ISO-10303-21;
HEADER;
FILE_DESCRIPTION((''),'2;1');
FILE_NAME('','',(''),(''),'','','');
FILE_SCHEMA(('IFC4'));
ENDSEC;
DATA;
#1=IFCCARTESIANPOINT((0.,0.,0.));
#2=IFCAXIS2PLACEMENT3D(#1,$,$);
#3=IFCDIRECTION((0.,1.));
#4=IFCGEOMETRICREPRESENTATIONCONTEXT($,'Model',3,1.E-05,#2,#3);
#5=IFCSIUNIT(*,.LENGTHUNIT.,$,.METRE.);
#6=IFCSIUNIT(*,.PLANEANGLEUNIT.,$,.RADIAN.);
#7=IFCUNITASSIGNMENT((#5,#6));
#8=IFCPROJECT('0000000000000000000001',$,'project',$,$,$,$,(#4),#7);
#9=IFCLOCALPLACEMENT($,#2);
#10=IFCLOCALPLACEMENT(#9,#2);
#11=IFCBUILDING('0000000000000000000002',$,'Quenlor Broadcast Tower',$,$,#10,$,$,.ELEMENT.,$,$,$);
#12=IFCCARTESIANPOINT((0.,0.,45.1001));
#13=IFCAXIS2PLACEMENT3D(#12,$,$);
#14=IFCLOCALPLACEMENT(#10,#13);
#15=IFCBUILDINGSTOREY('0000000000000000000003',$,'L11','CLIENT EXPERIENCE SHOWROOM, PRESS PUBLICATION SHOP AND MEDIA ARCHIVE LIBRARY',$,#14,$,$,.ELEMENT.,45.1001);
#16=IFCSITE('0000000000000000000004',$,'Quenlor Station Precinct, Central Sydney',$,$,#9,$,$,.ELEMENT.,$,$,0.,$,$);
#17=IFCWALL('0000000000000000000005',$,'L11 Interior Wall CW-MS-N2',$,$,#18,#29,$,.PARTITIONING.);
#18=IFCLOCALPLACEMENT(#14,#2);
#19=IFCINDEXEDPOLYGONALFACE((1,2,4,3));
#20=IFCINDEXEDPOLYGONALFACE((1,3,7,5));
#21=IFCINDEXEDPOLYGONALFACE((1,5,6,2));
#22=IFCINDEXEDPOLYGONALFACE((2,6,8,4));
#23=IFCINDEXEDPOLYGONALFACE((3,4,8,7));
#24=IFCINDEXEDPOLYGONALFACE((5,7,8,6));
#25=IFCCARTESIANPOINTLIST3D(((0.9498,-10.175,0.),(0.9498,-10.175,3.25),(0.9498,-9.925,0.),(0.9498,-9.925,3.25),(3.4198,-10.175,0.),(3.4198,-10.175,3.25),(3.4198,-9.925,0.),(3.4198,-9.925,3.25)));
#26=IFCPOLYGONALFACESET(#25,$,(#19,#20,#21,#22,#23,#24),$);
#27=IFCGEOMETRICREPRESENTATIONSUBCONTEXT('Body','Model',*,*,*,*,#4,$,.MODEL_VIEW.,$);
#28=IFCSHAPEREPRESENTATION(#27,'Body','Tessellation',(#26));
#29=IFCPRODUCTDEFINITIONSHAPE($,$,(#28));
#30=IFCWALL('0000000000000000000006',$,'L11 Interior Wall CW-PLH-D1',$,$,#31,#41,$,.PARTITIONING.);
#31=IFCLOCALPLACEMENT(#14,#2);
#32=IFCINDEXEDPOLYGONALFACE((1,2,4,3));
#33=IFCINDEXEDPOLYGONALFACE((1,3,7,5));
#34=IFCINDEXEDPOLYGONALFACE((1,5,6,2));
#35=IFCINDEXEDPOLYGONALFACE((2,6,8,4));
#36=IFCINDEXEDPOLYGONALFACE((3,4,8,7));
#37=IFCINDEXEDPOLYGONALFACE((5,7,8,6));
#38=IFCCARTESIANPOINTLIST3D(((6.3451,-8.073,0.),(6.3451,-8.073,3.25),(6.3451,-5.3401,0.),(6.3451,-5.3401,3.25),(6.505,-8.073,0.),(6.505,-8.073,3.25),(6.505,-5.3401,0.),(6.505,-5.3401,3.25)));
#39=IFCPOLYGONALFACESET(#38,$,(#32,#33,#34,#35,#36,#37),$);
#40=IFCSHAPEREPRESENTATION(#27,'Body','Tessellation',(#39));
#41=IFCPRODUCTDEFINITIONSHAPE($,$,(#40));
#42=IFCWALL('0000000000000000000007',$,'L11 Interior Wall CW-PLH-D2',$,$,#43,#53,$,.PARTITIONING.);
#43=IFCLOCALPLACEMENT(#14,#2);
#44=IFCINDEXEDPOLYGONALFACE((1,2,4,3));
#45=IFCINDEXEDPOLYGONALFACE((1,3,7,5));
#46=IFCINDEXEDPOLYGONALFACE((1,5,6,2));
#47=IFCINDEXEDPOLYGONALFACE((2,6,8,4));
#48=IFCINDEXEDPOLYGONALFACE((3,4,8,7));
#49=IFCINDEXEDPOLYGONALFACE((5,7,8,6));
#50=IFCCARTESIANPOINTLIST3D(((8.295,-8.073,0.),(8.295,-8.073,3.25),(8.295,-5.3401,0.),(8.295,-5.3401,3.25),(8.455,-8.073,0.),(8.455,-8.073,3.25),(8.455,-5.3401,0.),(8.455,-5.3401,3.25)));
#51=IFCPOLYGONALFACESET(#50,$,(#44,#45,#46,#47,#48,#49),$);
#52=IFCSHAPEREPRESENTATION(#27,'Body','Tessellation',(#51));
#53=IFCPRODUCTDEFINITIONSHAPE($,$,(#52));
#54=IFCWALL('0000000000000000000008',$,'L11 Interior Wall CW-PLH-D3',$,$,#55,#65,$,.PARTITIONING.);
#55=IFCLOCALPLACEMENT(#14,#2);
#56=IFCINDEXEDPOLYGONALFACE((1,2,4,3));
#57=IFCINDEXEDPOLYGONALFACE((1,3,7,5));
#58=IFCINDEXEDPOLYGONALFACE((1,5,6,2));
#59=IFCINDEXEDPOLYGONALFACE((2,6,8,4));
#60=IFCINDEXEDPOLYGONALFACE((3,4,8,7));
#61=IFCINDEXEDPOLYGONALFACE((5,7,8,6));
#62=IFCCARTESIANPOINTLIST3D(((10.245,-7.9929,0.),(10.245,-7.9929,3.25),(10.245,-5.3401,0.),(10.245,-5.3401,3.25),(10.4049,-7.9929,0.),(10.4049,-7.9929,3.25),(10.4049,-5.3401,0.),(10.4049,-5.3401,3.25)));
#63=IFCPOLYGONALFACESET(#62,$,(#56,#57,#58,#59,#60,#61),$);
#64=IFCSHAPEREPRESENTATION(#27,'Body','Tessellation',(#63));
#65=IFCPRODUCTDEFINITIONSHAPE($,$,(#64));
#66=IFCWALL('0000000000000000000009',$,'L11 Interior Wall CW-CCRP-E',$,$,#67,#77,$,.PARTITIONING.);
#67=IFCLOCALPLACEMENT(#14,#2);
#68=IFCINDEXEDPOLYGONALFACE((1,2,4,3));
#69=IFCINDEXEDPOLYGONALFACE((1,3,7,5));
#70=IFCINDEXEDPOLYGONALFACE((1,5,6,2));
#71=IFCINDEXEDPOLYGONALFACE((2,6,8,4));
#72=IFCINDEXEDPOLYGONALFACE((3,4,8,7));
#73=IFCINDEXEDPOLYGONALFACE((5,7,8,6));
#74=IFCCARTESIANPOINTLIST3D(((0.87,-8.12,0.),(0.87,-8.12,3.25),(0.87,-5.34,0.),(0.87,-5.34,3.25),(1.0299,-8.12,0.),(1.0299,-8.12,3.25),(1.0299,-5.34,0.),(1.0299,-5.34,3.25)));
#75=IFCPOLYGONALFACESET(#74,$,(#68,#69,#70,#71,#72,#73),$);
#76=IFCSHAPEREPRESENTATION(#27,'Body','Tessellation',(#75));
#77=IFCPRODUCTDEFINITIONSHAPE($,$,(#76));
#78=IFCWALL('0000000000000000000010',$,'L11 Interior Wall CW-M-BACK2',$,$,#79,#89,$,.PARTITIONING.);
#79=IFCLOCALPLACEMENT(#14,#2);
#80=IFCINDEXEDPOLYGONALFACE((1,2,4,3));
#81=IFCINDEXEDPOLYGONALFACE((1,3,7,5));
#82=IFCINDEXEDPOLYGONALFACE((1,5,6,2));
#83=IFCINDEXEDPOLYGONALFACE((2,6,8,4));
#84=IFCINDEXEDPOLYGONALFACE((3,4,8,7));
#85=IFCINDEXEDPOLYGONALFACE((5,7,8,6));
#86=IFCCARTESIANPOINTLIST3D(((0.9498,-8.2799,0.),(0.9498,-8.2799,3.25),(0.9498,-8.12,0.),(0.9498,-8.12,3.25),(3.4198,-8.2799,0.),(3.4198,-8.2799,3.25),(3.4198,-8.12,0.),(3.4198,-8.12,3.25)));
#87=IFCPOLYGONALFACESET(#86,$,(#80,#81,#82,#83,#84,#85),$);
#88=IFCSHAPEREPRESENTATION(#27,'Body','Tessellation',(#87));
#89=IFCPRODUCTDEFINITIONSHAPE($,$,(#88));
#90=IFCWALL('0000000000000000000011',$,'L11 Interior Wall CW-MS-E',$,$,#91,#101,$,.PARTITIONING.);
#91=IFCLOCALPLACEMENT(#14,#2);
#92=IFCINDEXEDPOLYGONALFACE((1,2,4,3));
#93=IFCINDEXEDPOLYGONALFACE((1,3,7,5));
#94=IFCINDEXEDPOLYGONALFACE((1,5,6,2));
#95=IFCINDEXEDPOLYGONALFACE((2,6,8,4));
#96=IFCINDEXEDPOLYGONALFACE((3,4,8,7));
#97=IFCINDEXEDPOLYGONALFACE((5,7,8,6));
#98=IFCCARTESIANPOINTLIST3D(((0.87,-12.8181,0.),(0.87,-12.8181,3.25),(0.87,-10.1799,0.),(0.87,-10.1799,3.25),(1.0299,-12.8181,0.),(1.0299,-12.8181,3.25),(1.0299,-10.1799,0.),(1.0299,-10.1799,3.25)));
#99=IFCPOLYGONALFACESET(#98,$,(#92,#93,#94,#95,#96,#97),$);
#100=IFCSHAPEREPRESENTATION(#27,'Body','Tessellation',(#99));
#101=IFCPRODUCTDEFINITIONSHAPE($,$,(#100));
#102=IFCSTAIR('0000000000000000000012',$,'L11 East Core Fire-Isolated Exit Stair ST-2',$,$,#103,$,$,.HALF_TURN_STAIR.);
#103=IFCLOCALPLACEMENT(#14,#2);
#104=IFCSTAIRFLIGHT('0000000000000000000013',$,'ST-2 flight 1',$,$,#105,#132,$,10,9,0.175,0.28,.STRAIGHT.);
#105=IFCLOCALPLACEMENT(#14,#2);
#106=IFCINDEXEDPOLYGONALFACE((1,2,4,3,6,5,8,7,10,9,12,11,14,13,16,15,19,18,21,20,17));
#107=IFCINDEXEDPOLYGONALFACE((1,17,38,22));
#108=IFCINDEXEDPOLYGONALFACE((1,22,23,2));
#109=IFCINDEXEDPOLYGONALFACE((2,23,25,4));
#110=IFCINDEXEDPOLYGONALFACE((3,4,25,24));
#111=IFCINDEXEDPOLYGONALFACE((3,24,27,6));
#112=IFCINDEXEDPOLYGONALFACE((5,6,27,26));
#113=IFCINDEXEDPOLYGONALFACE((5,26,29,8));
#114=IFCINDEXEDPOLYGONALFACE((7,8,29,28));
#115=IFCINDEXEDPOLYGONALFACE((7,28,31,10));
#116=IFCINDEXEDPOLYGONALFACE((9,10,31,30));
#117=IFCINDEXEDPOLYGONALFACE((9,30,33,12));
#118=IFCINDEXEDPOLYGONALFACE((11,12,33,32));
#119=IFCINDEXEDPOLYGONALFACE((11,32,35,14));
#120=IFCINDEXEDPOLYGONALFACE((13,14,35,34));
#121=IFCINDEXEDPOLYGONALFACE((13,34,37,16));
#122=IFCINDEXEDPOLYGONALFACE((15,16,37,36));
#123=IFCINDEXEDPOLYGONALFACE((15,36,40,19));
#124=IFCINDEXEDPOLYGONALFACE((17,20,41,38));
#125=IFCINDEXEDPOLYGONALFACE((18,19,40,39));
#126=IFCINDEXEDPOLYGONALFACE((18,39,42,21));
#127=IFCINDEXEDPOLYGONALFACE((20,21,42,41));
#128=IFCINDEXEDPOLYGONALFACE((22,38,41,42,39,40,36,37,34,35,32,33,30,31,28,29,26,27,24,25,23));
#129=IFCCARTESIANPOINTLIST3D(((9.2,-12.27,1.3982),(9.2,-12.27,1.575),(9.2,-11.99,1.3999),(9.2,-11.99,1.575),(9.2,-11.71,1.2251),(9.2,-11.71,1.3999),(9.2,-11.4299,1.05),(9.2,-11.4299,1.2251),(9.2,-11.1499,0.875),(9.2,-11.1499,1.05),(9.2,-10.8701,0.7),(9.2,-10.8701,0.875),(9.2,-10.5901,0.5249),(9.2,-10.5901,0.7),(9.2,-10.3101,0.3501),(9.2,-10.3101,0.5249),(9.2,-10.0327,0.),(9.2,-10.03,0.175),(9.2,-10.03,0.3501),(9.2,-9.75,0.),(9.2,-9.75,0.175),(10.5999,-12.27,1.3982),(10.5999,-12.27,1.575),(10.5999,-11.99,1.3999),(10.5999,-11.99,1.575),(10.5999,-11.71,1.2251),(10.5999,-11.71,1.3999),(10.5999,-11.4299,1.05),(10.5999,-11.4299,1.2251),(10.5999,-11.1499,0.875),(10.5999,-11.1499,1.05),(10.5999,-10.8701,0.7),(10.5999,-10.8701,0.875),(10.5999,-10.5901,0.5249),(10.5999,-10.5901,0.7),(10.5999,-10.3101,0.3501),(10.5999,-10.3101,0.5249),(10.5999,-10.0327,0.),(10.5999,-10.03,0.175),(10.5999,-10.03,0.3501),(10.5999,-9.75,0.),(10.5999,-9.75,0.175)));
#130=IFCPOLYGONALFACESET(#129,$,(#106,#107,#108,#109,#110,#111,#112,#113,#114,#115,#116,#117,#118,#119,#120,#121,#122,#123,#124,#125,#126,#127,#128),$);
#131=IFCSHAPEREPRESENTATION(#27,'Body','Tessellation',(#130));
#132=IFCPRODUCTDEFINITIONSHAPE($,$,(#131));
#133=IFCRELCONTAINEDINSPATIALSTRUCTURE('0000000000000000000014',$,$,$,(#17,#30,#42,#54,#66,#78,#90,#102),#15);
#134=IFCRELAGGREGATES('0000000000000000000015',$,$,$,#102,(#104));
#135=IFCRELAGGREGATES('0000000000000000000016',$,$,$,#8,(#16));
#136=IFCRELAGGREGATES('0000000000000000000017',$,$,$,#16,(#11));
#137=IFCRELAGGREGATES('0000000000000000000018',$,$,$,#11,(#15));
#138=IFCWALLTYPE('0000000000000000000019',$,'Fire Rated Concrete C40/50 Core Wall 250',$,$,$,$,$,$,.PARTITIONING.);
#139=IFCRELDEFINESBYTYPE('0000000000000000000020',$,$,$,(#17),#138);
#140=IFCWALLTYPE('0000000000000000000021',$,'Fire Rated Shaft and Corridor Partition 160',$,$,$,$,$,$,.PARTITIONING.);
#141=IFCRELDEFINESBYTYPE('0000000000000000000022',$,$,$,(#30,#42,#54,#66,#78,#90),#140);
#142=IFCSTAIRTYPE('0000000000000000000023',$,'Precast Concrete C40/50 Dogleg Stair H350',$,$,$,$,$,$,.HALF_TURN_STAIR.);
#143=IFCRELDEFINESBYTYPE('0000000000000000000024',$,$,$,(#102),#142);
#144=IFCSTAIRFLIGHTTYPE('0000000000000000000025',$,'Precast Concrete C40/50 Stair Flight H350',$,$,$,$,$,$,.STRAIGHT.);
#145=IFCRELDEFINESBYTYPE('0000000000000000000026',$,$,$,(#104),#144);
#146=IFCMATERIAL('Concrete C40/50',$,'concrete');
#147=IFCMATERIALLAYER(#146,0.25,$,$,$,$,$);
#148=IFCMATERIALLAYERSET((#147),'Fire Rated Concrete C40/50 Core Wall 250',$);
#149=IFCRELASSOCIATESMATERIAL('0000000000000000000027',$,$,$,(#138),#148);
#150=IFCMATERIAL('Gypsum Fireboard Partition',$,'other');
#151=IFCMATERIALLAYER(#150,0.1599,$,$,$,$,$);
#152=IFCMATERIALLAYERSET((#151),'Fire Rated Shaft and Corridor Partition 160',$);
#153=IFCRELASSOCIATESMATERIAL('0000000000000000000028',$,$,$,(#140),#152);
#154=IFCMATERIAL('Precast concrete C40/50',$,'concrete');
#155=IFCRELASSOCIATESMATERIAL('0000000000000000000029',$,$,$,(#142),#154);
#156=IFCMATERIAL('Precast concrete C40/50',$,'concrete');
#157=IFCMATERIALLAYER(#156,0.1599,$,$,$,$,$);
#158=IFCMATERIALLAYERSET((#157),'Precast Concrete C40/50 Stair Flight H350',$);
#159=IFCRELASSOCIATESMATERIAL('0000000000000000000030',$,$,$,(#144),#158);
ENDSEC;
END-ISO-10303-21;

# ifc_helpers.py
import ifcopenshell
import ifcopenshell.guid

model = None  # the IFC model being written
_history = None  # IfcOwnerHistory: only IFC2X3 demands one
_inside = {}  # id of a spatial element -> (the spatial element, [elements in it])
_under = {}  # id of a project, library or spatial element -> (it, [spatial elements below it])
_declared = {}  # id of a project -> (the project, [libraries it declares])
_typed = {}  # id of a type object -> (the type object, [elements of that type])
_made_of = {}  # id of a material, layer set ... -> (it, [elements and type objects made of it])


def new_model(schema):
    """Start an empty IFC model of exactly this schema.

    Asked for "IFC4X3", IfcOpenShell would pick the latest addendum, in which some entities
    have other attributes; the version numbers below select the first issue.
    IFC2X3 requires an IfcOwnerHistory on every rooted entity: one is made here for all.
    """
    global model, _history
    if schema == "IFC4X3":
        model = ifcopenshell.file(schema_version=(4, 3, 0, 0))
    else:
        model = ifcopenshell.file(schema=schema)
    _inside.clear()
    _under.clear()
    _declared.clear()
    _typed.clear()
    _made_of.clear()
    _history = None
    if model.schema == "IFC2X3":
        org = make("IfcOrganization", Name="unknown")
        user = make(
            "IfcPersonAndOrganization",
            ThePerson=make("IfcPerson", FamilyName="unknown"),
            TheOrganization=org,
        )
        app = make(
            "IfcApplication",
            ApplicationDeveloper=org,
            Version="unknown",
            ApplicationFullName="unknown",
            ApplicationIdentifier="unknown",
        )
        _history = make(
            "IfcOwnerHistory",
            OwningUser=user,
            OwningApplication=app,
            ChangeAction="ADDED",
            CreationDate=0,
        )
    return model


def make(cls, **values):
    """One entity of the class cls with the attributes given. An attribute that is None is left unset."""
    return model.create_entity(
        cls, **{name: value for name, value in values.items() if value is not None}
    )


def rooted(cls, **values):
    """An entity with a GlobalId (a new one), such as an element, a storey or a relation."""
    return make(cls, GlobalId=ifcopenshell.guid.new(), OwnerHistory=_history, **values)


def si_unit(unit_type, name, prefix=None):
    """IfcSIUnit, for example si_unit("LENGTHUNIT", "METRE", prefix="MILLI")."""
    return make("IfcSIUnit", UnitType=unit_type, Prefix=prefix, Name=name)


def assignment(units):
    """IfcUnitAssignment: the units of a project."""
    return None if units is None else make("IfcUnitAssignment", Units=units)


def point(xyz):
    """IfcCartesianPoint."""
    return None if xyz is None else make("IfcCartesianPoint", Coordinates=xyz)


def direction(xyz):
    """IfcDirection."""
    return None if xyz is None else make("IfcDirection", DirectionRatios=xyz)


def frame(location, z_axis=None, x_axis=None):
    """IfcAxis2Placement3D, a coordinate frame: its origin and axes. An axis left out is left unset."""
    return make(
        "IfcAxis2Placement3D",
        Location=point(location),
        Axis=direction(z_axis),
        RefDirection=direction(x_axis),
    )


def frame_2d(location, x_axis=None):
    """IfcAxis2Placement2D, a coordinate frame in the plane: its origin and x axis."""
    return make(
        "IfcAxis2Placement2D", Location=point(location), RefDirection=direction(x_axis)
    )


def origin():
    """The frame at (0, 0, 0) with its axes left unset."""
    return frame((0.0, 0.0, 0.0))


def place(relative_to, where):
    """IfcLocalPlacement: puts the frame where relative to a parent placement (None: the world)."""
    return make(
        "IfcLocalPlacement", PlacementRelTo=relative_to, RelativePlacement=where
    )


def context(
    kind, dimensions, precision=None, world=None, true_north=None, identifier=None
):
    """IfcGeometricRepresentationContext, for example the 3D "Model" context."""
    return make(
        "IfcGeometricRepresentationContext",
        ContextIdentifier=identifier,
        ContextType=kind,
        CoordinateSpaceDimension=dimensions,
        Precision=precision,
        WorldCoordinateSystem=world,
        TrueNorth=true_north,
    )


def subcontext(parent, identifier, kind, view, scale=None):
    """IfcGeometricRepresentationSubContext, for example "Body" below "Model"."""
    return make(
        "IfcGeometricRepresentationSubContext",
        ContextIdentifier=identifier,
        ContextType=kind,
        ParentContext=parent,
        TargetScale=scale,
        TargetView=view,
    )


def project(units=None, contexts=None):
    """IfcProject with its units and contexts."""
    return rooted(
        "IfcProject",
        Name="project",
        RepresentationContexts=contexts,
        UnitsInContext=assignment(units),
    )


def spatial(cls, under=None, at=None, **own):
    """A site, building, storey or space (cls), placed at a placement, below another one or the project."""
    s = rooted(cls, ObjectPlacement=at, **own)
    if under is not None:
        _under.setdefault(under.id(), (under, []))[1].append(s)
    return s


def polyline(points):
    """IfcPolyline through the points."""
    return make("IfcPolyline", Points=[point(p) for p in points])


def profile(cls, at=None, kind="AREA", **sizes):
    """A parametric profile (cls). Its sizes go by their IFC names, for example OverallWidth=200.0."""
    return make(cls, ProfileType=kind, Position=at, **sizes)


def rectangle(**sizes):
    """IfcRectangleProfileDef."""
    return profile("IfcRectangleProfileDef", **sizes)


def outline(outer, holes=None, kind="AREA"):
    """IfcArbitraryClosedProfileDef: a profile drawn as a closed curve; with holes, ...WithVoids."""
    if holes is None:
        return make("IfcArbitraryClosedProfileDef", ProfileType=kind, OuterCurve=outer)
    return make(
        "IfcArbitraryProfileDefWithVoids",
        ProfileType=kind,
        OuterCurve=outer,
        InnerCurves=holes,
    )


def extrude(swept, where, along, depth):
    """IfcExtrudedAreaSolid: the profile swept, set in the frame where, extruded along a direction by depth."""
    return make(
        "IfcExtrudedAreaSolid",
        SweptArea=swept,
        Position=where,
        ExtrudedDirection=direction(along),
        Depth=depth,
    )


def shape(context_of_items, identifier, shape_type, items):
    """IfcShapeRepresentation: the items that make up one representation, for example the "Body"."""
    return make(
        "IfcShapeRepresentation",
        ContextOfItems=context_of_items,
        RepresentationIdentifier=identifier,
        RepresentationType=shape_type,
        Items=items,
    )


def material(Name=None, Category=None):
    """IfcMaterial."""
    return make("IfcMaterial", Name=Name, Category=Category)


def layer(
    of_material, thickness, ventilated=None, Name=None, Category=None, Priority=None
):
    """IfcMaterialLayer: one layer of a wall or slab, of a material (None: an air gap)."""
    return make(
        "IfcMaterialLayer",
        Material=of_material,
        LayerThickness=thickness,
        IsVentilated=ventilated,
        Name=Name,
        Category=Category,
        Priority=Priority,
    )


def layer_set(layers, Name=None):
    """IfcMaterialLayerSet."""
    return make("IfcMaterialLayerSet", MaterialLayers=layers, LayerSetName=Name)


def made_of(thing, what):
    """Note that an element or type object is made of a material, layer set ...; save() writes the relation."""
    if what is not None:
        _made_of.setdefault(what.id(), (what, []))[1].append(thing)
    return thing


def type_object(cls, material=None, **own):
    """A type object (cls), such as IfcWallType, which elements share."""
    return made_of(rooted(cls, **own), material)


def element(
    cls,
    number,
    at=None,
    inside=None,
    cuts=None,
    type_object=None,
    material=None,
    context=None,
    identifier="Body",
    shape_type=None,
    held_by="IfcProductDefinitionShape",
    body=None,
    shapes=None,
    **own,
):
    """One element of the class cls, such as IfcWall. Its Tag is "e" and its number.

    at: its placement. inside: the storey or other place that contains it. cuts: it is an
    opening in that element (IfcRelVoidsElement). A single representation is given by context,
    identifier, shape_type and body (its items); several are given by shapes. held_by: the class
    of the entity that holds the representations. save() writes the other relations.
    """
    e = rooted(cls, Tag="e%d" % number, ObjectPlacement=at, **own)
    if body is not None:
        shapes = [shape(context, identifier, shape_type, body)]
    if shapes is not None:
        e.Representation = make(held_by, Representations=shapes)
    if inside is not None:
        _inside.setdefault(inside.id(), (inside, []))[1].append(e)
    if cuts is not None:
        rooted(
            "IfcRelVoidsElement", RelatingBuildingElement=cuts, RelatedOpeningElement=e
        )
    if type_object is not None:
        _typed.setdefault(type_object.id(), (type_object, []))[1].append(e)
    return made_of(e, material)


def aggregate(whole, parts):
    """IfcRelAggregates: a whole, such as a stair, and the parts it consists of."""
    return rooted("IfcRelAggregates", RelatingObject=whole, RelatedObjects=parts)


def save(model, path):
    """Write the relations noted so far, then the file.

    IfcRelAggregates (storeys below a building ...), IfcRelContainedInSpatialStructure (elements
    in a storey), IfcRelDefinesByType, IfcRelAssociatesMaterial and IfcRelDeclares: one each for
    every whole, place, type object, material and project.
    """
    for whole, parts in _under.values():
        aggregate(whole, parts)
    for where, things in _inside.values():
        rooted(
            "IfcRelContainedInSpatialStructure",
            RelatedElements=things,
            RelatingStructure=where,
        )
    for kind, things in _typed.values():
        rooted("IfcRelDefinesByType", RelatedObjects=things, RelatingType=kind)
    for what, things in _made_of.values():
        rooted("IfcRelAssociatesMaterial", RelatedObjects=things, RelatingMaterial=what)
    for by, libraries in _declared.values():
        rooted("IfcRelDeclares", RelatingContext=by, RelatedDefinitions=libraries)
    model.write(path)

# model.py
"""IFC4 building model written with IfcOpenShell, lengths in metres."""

from ifc_helpers import new_model, si_unit, direction, frame, frame_2d, origin, place, context, subcontext, project, spatial, polyline, rectangle, outline, extrude, material, layer, layer_set, type_object, element, aggregate, save


model = new_model("IFC4")

# Units and contexts
model_context = context("Model", 3, precision=1e-05, world=origin(), true_north=direction((0.0, 1.0)))
body_context = subcontext(model_context, "Body", "Model", "MODEL_VIEW")
ifc_project = project(units=[si_unit("LENGTHUNIT", "METRE"), si_unit("PLANEANGLEUNIT", "RADIAN")], contexts=[model_context])

# Site, building, storey
site_placement = place(None, origin())
site = spatial("IfcSite", under=ifc_project, at=site_placement, Name="Quenlor Station Precinct, Central Sydney", CompositionType="ELEMENT", RefElevation=0.0)
building_placement = place(site_placement, origin())
building = spatial("IfcBuilding", under=site, at=building_placement, Name="Quenlor Broadcast Tower", CompositionType="ELEMENT")
storey_placement = place(building_placement, frame((0.0, 0.0, 45.1001)))
storey = spatial("IfcBuildingStorey", under=building, at=storey_placement, Name="L11", Description="CLIENT EXPERIENCE SHOWROOM, PRESS PUBLICATION SHOP AND MEDIA ARCHIVE LIBRARY", CompositionType="ELEMENT", Elevation=45.1001)

# Shared definitions
ifc_material_1 = material(Name="Concrete C40/50", Category="concrete")
ifc_layer_1 = layer(ifc_material_1, 0.25)
ifc_layer_set_1 = layer_set([ifc_layer_1], Name="Fire Rated Concrete C40/50 Core Wall 250")
wall_type_1 = type_object("IfcWallType", Name="Fire Rated Concrete C40/50 Core Wall 250", PredefinedType="PARTITIONING", material=ifc_layer_set_1)

# Walls
wall_1_placement = place(storey_placement, frame((0.95, -10.05, 0.0), z_axis=(0.0, 0.0, 1.0), x_axis=(1.0, 0.0, 0.0)))
element("IfcWall", 1, at=wall_1_placement, inside=storey, type_object=wall_type_1, Name="L11 Interior Wall CW-MS-N2", PredefinedType="PARTITIONING", context=body_context, shape_type="SweptSolid", body=[
    extrude(rectangle(XDim=2.47, YDim=0.25, at=frame_2d((1.2349, 0.0))), origin(), (0.0, 0.0, 1.0), 3.25),
])
ifc_material_2 = material(Name="Gypsum Fireboard Partition", Category="other")
ifc_layer_2 = layer(ifc_material_2, 0.1599)
ifc_layer_set_2 = layer_set([ifc_layer_2], Name="Fire Rated Shaft and Corridor Partition 160")
wall_type_2 = type_object("IfcWallType", Name="Fire Rated Shaft and Corridor Partition 160", PredefinedType="PARTITIONING", material=ifc_layer_set_2)
for number, where, z_axis, x_axis, name in (
    (2, (6.425, -8.073, 0.0), (0.0, 0.0, 1.0), (0.0, 1.0, 0.0), "L11 Interior Wall CW-PLH-D1"),
    (3, (8.375, -8.073, 0.0), (0.0, 0.0, 1.0), (0.0, 1.0, 0.0), "L11 Interior Wall CW-PLH-D2"),
):
    element("IfcWall", number, at=place(storey_placement, frame(where, z_axis=z_axis, x_axis=x_axis)), inside=storey, type_object=wall_type_2, Name=name, PredefinedType="PARTITIONING", context=body_context, shape_type="SweptSolid", body=[
        extrude(rectangle(XDim=2.7329, YDim=0.1599, at=frame_2d((1.3665, 0.0))), origin(), (0.0, 0.0, 1.0), 3.25),
    ])
wall_2_placement = place(storey_placement, frame((10.325, -7.9929, 0.0), z_axis=(0.0, 0.0, 1.0), x_axis=(0.0, 1.0, 0.0)))
element("IfcWall", 4, at=wall_2_placement, inside=storey, type_object=wall_type_2, Name="L11 Interior Wall CW-PLH-D3", PredefinedType="PARTITIONING", context=body_context, shape_type="SweptSolid", body=[
    extrude(rectangle(XDim=2.6528, YDim=0.1599, at=frame_2d((1.3264, 0.0))), origin(), (0.0, 0.0, 1.0), 3.25),
])
wall_3_placement = place(storey_placement, frame((0.95, -8.1201, 0.0), z_axis=(0.0, 0.0, 1.0), x_axis=(0.0, 1.0, 0.0)))
element("IfcWall", 5, at=wall_3_placement, inside=storey, type_object=wall_type_2, Name="L11 Interior Wall CW-CCRP-E", PredefinedType="PARTITIONING", context=body_context, shape_type="SweptSolid", body=[
    extrude(rectangle(XDim=2.78, YDim=0.1599, at=frame_2d((1.3901, 0.0))), origin(), (0.0, 0.0, 1.0), 3.25),
])
wall_4_placement = place(storey_placement, frame((0.95, -8.2, 0.0), z_axis=(0.0, 0.0, 1.0), x_axis=(1.0, 0.0, 0.0)))
element("IfcWall", 6, at=wall_4_placement, inside=storey, type_object=wall_type_2, Name="L11 Interior Wall CW-M-BACK2", PredefinedType="PARTITIONING", context=body_context, shape_type="SweptSolid", body=[
    extrude(rectangle(XDim=2.47, YDim=0.1599, at=frame_2d((1.2349, 0.0))), origin(), (0.0, 0.0, 1.0), 3.25),
])
wall_5_placement = place(storey_placement, frame((0.95, -12.8181, 0.0), z_axis=(0.0, 0.0, 1.0), x_axis=(0.0, 1.0, 0.0)))
element("IfcWall", 7, at=wall_5_placement, inside=storey, type_object=wall_type_2, Name="L11 Interior Wall CW-MS-E", PredefinedType="PARTITIONING", context=body_context, shape_type="SweptSolid", body=[
    extrude(rectangle(XDim=2.6382, YDim=0.1599, at=frame_2d((1.3191, 0.0))), origin(), (0.0, 0.0, 1.0), 3.25),
])

# Stair, stair flight
ifc_material_3 = material(Name="Precast concrete C40/50", Category="concrete")
stair_type = type_object("IfcStairType", Name="Precast Concrete C40/50 Dogleg Stair H350", PredefinedType="HALF_TURN_STAIR", material=ifc_material_3)
stair_placement = place(storey_placement, origin())
stair = element("IfcStair", 8, at=stair_placement, inside=storey, type_object=stair_type, Name="L11 East Core Fire-Isolated Exit Stair ST-2", PredefinedType="HALF_TURN_STAIR")
ifc_material_4 = material(Name="Precast concrete C40/50", Category="concrete")
ifc_layer_3 = layer(ifc_material_4, 0.1599)
ifc_layer_set_3 = layer_set([ifc_layer_3], Name="Precast Concrete C40/50 Stair Flight H350")
stair_flight_type = type_object("IfcStairFlightType", Name="Precast Concrete C40/50 Stair Flight H350", PredefinedType="STRAIGHT", material=ifc_layer_set_3)
stair_flight_placement = place(storey_placement, frame((9.8999, -9.75, 0.0), z_axis=(0.0, 0.0, 1.0), x_axis=(0.0, -1.0, 0.0)))
stair_flight = element("IfcStairFlight", 9, at=stair_flight_placement, type_object=stair_flight_type, Name="ST-2 flight 1", NumberOfRisers=10, NumberOfTreads=9, PredefinedType="STRAIGHT", RiserHeight=0.175, TreadLength=0.28, context=body_context, shape_type="SweptSolid", body=[
    extrude(outline(polyline([(0.0, 0.0), (0.0, 0.175), (0.28, 0.175), (0.28, 0.3501), (0.5601, 0.3501), (0.5601, 0.5249), (0.8401, 0.5249), (0.8401, 0.7), (1.1201, 0.7), (1.1201, 0.875), (1.3999, 0.875), (1.3999, 1.05), (1.6799, 1.05), (1.6799, 1.2251), (1.96, 1.2251), (1.96, 1.3999), (2.24, 1.3999), (2.24, 1.575), (2.52, 1.575), (2.52, 1.75), (2.52, 1.3982), (0.2827, 0.0), (0.0, 0.0)])), frame((0.0, 0.7, 0.0), z_axis=(0.0, -1.0, 0.0), x_axis=(1.0, 0.0, 0.0)), (0.0, 0.0, 1.0), 1.3999),
])
aggregate(stair, [stair_flight])

save(model, "model.ifc")
